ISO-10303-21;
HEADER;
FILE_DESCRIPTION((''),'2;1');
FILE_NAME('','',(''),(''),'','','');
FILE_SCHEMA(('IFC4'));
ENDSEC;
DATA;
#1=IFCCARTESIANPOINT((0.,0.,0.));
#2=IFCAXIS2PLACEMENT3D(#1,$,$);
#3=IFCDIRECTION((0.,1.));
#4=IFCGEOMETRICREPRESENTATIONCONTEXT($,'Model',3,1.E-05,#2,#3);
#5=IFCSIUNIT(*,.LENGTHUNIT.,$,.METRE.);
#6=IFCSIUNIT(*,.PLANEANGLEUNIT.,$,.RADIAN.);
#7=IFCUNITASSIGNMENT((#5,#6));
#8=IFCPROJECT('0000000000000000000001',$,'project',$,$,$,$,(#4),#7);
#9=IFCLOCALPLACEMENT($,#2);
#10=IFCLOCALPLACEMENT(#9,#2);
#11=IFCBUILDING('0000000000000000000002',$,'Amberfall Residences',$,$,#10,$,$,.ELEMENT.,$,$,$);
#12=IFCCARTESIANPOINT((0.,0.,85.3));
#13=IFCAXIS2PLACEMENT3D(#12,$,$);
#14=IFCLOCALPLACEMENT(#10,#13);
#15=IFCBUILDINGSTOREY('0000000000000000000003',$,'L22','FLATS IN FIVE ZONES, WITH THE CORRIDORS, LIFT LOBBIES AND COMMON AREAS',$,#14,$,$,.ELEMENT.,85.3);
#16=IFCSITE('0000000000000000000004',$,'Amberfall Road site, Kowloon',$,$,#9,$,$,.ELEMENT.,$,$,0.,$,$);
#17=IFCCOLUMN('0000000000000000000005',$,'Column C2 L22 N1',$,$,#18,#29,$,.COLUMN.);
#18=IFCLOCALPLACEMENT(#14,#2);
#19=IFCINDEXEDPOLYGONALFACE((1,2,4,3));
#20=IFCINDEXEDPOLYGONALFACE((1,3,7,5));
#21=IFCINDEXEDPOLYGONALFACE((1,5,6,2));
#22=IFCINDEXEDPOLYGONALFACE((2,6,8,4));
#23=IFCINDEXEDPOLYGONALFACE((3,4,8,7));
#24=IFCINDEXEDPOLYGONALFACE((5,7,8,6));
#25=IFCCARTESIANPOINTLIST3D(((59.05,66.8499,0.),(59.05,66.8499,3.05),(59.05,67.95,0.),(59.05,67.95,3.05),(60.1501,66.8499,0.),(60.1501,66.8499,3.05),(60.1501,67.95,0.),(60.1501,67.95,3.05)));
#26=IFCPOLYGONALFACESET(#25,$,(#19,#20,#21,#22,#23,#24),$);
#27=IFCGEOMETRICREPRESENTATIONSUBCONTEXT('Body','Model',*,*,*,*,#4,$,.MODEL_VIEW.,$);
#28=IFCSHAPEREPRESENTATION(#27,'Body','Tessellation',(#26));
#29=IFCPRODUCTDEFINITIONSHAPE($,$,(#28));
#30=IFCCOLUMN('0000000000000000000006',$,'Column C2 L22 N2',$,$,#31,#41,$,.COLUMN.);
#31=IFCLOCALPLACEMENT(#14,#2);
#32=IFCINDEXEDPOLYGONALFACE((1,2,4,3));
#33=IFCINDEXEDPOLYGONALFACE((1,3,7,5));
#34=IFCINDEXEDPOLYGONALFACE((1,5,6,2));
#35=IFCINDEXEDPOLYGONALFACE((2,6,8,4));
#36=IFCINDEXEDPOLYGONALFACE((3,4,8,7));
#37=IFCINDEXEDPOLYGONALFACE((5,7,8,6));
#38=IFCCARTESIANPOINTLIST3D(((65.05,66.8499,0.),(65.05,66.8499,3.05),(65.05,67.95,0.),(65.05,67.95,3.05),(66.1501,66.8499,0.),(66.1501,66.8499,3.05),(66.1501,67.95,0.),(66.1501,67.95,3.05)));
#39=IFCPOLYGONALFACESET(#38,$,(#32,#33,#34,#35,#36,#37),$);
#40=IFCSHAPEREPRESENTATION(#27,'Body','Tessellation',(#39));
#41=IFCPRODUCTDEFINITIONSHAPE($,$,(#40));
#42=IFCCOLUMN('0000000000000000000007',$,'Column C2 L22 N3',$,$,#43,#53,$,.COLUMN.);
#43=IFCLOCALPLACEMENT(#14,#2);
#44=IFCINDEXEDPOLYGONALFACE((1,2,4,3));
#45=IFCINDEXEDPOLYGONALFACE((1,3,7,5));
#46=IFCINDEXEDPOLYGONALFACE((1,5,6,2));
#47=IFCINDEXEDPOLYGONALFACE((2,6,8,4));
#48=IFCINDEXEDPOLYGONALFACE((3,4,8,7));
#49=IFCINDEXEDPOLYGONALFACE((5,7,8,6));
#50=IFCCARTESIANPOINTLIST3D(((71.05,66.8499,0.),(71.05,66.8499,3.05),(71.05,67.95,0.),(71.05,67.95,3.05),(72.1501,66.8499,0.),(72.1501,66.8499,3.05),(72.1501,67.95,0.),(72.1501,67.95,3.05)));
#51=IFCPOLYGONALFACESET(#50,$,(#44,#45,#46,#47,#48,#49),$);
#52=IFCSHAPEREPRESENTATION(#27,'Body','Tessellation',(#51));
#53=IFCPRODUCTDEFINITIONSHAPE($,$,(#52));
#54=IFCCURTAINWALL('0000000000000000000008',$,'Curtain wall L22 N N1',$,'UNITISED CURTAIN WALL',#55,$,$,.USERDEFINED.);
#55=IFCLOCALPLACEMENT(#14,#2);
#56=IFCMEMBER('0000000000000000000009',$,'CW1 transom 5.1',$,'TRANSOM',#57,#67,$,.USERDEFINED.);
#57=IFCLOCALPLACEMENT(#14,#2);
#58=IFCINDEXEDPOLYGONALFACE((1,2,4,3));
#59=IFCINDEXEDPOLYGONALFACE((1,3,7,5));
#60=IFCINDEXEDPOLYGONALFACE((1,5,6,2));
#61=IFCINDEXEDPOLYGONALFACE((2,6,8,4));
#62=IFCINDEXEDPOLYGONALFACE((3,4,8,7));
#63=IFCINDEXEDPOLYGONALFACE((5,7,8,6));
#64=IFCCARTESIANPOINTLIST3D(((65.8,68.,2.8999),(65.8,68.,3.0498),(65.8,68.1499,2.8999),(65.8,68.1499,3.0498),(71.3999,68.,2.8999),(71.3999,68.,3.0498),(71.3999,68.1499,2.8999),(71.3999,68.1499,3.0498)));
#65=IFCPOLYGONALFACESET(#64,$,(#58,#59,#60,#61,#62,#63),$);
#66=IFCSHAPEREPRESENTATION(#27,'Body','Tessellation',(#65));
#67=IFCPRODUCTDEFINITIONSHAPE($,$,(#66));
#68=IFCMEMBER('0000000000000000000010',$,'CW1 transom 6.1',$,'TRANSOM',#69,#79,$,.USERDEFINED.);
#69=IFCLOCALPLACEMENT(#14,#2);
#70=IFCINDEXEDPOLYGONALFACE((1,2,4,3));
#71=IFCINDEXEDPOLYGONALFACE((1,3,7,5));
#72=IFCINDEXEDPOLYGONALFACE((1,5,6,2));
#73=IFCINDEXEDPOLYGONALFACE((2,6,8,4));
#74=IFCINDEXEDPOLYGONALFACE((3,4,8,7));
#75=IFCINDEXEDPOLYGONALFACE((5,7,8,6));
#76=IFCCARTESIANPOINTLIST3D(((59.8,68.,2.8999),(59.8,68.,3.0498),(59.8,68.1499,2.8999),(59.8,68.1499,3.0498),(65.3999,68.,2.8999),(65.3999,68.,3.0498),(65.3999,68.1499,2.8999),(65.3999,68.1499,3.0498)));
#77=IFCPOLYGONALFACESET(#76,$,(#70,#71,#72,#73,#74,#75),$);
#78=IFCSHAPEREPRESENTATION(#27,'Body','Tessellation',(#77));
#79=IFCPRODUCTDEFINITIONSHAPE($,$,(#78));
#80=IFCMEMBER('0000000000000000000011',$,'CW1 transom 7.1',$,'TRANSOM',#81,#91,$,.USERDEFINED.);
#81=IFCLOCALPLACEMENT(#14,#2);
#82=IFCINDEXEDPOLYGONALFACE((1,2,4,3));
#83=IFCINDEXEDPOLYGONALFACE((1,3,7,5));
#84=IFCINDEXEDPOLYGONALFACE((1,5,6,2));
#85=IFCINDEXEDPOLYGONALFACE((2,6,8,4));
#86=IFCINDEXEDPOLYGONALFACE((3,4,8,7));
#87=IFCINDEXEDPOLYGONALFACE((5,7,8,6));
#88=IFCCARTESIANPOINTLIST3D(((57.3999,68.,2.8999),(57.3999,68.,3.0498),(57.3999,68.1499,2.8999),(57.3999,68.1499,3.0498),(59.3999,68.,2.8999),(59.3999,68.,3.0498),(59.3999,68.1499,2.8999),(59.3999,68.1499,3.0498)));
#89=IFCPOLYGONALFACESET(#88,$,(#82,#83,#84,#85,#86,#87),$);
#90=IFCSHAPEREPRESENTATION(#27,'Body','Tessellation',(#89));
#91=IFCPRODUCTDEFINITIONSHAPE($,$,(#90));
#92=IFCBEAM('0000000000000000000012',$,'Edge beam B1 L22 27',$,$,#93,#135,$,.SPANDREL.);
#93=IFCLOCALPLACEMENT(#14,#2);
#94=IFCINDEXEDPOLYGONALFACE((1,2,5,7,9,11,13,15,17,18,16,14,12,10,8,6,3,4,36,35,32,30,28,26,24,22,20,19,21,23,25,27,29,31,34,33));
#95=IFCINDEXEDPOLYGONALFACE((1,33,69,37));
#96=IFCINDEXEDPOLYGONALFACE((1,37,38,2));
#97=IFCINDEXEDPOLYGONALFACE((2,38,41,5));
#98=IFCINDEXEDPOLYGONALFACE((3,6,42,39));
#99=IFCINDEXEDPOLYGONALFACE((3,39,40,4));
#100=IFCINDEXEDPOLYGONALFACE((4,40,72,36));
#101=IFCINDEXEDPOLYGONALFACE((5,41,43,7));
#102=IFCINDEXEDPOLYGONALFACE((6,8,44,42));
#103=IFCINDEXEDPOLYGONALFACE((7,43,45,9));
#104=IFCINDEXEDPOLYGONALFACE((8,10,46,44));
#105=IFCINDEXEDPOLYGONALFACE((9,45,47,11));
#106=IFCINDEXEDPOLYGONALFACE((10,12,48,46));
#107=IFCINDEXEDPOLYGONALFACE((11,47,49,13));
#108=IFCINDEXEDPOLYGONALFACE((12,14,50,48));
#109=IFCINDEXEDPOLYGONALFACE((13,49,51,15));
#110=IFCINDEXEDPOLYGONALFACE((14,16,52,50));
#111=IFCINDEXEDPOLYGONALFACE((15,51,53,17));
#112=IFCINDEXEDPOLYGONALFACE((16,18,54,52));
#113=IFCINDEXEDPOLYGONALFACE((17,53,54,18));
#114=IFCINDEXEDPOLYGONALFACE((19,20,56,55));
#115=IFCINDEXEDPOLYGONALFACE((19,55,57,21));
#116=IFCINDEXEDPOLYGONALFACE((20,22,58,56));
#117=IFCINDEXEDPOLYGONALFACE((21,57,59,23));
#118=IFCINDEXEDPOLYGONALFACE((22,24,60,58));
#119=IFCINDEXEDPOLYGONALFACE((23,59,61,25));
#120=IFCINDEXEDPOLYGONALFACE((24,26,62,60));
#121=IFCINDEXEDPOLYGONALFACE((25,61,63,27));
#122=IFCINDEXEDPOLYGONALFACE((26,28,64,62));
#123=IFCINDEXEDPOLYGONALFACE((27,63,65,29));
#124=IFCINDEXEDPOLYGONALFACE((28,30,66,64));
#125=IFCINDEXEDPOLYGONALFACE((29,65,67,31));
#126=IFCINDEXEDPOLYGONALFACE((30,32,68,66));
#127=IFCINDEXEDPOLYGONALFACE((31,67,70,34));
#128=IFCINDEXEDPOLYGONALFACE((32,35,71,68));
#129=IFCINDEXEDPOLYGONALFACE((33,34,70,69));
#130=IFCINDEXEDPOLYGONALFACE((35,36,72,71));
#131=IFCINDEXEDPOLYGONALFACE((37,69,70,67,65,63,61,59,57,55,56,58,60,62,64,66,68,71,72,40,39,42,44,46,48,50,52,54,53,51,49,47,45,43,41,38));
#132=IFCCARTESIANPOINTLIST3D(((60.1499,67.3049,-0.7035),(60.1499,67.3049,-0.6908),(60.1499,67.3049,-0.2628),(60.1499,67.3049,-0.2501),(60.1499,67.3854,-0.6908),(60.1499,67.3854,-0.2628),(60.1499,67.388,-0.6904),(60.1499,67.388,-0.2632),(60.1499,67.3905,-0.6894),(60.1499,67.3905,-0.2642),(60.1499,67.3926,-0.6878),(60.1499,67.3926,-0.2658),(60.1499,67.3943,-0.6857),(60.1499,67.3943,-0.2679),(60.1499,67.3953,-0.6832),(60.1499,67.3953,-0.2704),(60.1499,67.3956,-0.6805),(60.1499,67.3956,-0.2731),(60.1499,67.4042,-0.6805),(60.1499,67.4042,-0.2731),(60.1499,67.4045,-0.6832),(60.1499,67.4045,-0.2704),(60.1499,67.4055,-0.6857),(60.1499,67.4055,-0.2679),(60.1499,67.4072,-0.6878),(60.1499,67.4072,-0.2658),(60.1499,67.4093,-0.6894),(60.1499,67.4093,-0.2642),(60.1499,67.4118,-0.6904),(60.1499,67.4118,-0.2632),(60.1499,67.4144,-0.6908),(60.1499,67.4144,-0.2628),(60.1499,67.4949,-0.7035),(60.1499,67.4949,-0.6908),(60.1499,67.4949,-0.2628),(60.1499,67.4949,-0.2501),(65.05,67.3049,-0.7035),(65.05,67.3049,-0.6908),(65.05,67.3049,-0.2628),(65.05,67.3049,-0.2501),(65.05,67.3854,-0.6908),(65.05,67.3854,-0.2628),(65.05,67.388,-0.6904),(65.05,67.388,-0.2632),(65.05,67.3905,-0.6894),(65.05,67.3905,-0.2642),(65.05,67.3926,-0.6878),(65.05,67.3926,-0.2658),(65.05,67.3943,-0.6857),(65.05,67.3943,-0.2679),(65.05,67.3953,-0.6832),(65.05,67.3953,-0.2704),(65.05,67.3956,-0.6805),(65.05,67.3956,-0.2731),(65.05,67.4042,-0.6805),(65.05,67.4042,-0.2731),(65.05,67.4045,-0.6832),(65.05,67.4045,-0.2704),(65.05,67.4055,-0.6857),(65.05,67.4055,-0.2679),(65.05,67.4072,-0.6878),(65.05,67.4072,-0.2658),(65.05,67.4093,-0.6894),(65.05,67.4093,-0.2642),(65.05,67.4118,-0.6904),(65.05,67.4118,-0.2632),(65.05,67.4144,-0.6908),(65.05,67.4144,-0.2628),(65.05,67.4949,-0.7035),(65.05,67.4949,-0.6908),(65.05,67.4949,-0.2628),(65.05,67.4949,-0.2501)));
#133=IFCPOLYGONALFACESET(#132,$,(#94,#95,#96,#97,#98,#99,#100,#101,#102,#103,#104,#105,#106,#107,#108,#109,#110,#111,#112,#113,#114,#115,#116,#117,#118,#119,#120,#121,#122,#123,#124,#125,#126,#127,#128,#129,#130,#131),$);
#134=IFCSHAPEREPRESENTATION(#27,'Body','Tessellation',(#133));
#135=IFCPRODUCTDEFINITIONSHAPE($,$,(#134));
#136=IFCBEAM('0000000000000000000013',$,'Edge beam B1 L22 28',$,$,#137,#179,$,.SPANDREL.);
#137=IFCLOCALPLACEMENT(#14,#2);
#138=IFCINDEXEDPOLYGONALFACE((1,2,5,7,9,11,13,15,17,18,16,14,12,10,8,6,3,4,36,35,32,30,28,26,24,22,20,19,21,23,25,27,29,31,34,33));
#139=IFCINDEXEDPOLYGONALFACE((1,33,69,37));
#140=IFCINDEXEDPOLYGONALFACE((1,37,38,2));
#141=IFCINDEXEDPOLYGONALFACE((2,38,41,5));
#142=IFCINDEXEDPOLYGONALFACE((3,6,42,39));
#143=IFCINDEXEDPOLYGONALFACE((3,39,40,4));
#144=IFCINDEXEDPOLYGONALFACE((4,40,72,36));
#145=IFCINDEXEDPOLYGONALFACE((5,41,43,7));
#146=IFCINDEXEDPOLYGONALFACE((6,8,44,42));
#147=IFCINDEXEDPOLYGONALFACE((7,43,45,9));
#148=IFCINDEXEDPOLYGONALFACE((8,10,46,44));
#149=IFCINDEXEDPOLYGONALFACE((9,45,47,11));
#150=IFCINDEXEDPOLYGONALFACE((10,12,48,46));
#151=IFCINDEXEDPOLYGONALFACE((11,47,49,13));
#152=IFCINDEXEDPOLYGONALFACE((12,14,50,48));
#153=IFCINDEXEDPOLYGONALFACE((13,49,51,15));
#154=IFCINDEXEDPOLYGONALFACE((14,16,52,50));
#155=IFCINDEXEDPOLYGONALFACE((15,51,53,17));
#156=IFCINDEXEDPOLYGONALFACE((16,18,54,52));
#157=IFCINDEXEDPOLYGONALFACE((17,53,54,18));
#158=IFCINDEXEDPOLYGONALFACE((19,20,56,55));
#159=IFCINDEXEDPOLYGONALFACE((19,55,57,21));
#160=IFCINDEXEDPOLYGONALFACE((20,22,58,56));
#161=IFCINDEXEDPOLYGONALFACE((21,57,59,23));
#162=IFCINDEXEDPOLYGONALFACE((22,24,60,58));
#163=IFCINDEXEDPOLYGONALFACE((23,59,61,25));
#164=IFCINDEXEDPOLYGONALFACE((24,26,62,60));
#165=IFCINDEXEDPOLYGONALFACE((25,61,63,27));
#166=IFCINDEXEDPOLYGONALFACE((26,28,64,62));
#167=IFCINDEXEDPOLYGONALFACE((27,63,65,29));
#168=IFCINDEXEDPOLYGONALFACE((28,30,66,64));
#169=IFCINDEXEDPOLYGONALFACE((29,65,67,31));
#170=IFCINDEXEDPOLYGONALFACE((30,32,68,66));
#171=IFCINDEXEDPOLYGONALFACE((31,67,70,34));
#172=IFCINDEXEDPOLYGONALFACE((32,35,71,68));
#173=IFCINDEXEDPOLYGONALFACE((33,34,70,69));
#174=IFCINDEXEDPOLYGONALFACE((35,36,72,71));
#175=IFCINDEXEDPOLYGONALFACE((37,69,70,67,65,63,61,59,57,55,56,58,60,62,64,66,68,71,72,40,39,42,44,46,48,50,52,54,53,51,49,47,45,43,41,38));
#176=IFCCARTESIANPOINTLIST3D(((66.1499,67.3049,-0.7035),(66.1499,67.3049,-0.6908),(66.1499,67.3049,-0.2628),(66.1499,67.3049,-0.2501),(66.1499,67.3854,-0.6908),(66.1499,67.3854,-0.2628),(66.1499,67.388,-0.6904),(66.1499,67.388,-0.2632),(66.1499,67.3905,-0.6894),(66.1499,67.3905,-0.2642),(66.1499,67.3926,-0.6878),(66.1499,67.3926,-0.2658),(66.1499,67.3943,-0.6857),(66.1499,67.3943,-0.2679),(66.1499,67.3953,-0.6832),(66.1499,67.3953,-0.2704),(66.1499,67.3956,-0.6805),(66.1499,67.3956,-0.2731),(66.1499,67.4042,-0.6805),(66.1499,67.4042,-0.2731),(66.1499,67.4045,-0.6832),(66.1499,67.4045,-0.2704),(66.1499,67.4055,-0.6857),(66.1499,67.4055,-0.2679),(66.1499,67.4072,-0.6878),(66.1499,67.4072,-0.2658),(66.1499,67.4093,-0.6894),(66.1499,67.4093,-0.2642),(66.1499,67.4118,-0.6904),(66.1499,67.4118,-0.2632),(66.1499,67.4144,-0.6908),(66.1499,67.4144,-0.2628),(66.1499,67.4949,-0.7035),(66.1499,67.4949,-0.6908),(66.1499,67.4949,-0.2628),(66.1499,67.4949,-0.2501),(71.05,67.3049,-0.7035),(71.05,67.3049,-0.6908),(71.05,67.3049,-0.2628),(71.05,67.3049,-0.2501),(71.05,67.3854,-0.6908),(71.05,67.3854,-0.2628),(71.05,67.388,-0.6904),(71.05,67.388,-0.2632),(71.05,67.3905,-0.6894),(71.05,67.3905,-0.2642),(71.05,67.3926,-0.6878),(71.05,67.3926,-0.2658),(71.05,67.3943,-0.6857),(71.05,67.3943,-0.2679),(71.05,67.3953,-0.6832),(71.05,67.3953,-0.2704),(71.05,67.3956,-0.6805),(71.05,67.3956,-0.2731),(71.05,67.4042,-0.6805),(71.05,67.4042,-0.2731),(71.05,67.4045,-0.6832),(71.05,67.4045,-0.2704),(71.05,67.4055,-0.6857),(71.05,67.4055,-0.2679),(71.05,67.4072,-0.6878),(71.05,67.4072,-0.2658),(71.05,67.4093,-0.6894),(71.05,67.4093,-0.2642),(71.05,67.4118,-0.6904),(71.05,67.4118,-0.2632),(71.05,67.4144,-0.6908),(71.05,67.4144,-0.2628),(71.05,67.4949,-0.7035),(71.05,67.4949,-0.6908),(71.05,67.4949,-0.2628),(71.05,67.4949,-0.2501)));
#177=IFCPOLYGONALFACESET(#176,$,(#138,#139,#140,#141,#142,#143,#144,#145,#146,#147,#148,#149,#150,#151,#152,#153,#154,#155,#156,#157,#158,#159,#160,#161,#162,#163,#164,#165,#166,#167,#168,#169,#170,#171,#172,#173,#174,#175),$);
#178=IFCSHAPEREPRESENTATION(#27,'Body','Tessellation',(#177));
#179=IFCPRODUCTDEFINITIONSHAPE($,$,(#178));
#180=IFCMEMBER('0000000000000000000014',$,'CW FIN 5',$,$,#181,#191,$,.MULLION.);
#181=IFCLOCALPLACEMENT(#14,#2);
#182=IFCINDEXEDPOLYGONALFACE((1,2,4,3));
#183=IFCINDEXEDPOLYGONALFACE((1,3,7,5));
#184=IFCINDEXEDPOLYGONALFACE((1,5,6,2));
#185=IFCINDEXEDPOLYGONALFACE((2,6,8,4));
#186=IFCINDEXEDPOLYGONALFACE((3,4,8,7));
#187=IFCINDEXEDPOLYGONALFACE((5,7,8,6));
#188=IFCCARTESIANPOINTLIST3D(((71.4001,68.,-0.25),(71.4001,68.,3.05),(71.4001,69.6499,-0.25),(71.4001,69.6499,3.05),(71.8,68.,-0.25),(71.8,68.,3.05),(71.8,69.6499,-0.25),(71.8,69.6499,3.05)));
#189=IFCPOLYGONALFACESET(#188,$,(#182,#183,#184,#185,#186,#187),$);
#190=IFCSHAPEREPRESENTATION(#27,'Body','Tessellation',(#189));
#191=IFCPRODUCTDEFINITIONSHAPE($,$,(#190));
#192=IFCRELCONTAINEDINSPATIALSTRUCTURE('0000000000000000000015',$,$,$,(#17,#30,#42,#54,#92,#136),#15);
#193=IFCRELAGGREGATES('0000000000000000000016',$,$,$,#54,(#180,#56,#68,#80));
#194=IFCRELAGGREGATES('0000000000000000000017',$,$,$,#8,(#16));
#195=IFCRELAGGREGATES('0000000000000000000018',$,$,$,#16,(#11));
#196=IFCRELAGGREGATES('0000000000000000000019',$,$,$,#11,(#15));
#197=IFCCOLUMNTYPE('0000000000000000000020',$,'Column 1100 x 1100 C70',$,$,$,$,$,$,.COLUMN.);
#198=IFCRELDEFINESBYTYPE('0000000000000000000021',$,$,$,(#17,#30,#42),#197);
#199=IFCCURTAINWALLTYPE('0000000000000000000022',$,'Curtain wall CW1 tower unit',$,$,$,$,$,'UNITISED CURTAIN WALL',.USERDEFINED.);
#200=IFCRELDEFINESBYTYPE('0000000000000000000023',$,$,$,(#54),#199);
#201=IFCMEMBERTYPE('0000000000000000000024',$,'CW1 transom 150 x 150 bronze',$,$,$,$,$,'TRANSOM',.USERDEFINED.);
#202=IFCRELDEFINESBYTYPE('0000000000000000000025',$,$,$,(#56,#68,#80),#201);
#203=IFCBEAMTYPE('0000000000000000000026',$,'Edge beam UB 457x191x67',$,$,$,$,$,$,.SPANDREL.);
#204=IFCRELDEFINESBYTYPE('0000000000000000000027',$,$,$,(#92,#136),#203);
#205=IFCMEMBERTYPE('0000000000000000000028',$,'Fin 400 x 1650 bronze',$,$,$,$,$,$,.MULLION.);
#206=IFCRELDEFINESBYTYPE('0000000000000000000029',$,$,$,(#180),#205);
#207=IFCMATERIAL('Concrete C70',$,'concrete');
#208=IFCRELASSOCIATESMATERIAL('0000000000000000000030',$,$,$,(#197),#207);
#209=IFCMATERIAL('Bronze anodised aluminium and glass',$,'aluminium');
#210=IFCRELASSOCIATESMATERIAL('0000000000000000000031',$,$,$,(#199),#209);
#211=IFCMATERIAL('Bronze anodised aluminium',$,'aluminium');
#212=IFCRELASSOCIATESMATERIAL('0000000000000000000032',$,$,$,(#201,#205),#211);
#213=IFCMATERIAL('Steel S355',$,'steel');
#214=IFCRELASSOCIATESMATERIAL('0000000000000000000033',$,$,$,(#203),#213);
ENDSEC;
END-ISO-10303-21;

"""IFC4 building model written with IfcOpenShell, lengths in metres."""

from ifc_helpers import new_model, si_unit, direction, frame, origin, origin_2d, place, context, subcontext, project, spatial, rectangle, i_section, extrude, material, material_profile, profile_set, type_object, element, aggregate, save


model = new_model("IFC4")

# Units and contexts
model_context = context("Model", 3, precision=1e-05, world=origin(), true_north=direction((0.0, 1.0)))
body_context = subcontext(model_context, "Body", "Model", "MODEL_VIEW")
ifc_project = project(units=[si_unit("LENGTHUNIT", "METRE"), si_unit("PLANEANGLEUNIT", "RADIAN")], contexts=[model_context])

# Site, building, storey
site_placement = place(None, origin())
site = spatial("IfcSite", under=ifc_project, at=site_placement, Name="Amberfall Road site, Kowloon", CompositionType="ELEMENT", RefElevation=0.0)
building_placement = place(site_placement, origin())
building = spatial("IfcBuilding", under=site, at=building_placement, Name="Amberfall Residences", CompositionType="ELEMENT")
storey_placement = place(building_placement, frame((0.0, 0.0, 85.3)))
storey = spatial("IfcBuildingStorey", under=building, at=storey_placement, Name="L22", Description="FLATS IN FIVE ZONES, WITH THE CORRIDORS, LIFT LOBBIES AND COMMON AREAS", CompositionType="ELEMENT", Elevation=85.3)

# Columns
ifc_material_1 = material(Name="Concrete C70", Category="concrete")
ifc_material_profile_1 = material_profile(ifc_material_1, rectangle(XDim=1.1001, YDim=1.1001, at=origin_2d()), Name="Column 1100 x 1100 C70")
ifc_profile_set_1 = profile_set([ifc_material_profile_1], Name="Concrete C70")
column_type = type_object("IfcColumnType", Name="Column 1100 x 1100 C70", PredefinedType="COLUMN", material=ifc_profile_set_1)
for number, where, z_axis, x_axis, name in (
    (1, (59.6001, 67.3999, 0.0), (0.0, 0.0, 1.0), (1.0, 0.0, 0.0), "Column C2 L22 N1"),
    (2, (65.6001, 67.3999, 0.0), (0.0, 0.0, 1.0), (1.0, 0.0, 0.0), "Column C2 L22 N2"),
    (3, (71.6001, 67.3999, 0.0), (0.0, 0.0, 1.0), (1.0, 0.0, 0.0), "Column C2 L22 N3"),
):
    element("IfcColumn", number, at=place(storey_placement, frame(where, z_axis=z_axis, x_axis=x_axis)), inside=storey, type_object=column_type, Name=name, PredefinedType="COLUMN", context=body_context, shape_type="SweptSolid", body=[
        extrude(rectangle(XDim=1.1001, YDim=1.1001, at=origin_2d()), origin(), (0.0, 0.0, 1.0), 3.05),
    ])

# Curtain wall, members
ifc_material_2 = material(Name="Bronze anodised aluminium and glass", Category="aluminium")
curtain_wall_type = type_object("IfcCurtainWallType", Name="Curtain wall CW1 tower unit", ElementType="UNITISED CURTAIN WALL", PredefinedType="USERDEFINED", material=ifc_material_2)
curtain_wall_placement = place(storey_placement, origin())
curtain_wall = element("IfcCurtainWall", 4, at=curtain_wall_placement, inside=storey, type_object=curtain_wall_type, Name="Curtain wall L22 N N1", ObjectType="UNITISED CURTAIN WALL", PredefinedType="USERDEFINED")
ifc_material_3 = material(Name="Bronze anodised aluminium", Category="aluminium")
ifc_material_profile_2 = material_profile(ifc_material_3, rectangle(XDim=0.1499, YDim=0.1499, at=origin_2d()), Name="CW1 transom 150 x 150 bronze")
ifc_profile_set_2 = profile_set([ifc_material_profile_2], Name="Bronze anodised aluminium")
member_type_1 = type_object("IfcMemberType", Name="CW1 transom 150 x 150 bronze", ElementType="TRANSOM", PredefinedType="USERDEFINED", material=ifc_profile_set_2)
member_1_placement = place(storey_placement, frame((71.3999, 68.075, 2.9749), z_axis=(-1.0, 0.0, 0.0), x_axis=(0.0, -1.0, 0.0)))
member_1 = element("IfcMember", 5, at=member_1_placement, type_object=member_type_1, Name="CW1 transom 5.1", ObjectType="TRANSOM", PredefinedType="USERDEFINED", context=body_context, shape_type="SweptSolid", body=[
    extrude(rectangle(XDim=0.1499, YDim=0.1499, at=origin_2d()), origin(), (0.0, 0.0, 1.0), 5.5999),
])
member_2_placement = place(storey_placement, frame((65.3999, 68.075, 2.9749), z_axis=(-1.0, 0.0, 0.0), x_axis=(0.0, -1.0, 0.0)))
member_2 = element("IfcMember", 6, at=member_2_placement, type_object=member_type_1, Name="CW1 transom 6.1", ObjectType="TRANSOM", PredefinedType="USERDEFINED", context=body_context, shape_type="SweptSolid", body=[
    extrude(rectangle(XDim=0.1499, YDim=0.1499, at=origin_2d()), origin(), (0.0, 0.0, 1.0), 5.5999),
])
member_3_placement = place(storey_placement, frame((59.3999, 68.075, 2.9749), z_axis=(-1.0, 0.0, 0.0), x_axis=(0.0, -1.0, 0.0)))
member_3 = element("IfcMember", 7, at=member_3_placement, type_object=member_type_1, Name="CW1 transom 7.1", ObjectType="TRANSOM", PredefinedType="USERDEFINED", context=body_context, shape_type="SweptSolid", body=[
    extrude(rectangle(XDim=0.1499, YDim=0.1499, at=origin_2d()), origin(), (0.0, 0.0, 1.0), 2.0),
])

# Beams
ifc_material_4 = material(Name="Steel S355", Category="steel")
ifc_material_profile_3 = material_profile(ifc_material_4, i_section(OverallWidth=0.1899, OverallDepth=0.4534, WebThickness=0.0085, FlangeThickness=0.0127, FilletRadius=0.0103, at=origin_2d()), Name="UB 457x191x67")
ifc_profile_set_3 = profile_set([ifc_material_profile_3], Name="Steel S355")
beam_type_1 = type_object("IfcBeamType", Name="Edge beam UB 457x191x67", PredefinedType="SPANDREL", material=ifc_profile_set_3)
for number, where, z_axis, x_axis, name in (
    (8, (60.1499, 67.3999, -0.4768), (1.0, 0.0, 0.0), (0.0, 1.0, 0.0), "Edge beam B1 L22 27"),
    (9, (66.1499, 67.3999, -0.4768), (1.0, 0.0, 0.0), (0.0, 1.0, 0.0), "Edge beam B1 L22 28"),
):
    element("IfcBeam", number, at=place(storey_placement, frame(where, z_axis=z_axis, x_axis=x_axis)), inside=storey, type_object=beam_type_1, Name=name, PredefinedType="SPANDREL", context=body_context, shape_type="SweptSolid", body=[
        extrude(i_section(OverallWidth=0.1899, OverallDepth=0.4534, WebThickness=0.0085, FlangeThickness=0.0127, FilletRadius=0.0103, at=origin_2d()), origin(), (0.0, 0.0, 1.0), 4.9001),
    ])

# Member
ifc_material_profile_4 = material_profile(ifc_material_3, rectangle(XDim=1.6499, YDim=0.3999, at=origin_2d()), Name="Fin 400 x 1650 bronze")
ifc_profile_set_4 = profile_set([ifc_material_profile_4], Name="Bronze anodised aluminium")
member_type_2 = type_object("IfcMemberType", Name="Fin 400 x 1650 bronze", PredefinedType="MULLION", material=ifc_profile_set_4)
member_4_placement = place(storey_placement, frame((71.6001, 68.825, -0.25), z_axis=(0.0, 0.0, 1.0), x_axis=(0.0, -1.0, 0.0)))
member_4 = element("IfcMember", 10, at=member_4_placement, type_object=member_type_2, Name="CW FIN 5", PredefinedType="MULLION", context=body_context, shape_type="SweptSolid", body=[
    extrude(rectangle(XDim=1.6499, YDim=0.3999, at=origin_2d()), origin(), (0.0, 0.0, 1.0), 3.3),
])

aggregate(curtain_wall, [member_4, member_1, member_2, member_3])

save(model, "model.ifc")
